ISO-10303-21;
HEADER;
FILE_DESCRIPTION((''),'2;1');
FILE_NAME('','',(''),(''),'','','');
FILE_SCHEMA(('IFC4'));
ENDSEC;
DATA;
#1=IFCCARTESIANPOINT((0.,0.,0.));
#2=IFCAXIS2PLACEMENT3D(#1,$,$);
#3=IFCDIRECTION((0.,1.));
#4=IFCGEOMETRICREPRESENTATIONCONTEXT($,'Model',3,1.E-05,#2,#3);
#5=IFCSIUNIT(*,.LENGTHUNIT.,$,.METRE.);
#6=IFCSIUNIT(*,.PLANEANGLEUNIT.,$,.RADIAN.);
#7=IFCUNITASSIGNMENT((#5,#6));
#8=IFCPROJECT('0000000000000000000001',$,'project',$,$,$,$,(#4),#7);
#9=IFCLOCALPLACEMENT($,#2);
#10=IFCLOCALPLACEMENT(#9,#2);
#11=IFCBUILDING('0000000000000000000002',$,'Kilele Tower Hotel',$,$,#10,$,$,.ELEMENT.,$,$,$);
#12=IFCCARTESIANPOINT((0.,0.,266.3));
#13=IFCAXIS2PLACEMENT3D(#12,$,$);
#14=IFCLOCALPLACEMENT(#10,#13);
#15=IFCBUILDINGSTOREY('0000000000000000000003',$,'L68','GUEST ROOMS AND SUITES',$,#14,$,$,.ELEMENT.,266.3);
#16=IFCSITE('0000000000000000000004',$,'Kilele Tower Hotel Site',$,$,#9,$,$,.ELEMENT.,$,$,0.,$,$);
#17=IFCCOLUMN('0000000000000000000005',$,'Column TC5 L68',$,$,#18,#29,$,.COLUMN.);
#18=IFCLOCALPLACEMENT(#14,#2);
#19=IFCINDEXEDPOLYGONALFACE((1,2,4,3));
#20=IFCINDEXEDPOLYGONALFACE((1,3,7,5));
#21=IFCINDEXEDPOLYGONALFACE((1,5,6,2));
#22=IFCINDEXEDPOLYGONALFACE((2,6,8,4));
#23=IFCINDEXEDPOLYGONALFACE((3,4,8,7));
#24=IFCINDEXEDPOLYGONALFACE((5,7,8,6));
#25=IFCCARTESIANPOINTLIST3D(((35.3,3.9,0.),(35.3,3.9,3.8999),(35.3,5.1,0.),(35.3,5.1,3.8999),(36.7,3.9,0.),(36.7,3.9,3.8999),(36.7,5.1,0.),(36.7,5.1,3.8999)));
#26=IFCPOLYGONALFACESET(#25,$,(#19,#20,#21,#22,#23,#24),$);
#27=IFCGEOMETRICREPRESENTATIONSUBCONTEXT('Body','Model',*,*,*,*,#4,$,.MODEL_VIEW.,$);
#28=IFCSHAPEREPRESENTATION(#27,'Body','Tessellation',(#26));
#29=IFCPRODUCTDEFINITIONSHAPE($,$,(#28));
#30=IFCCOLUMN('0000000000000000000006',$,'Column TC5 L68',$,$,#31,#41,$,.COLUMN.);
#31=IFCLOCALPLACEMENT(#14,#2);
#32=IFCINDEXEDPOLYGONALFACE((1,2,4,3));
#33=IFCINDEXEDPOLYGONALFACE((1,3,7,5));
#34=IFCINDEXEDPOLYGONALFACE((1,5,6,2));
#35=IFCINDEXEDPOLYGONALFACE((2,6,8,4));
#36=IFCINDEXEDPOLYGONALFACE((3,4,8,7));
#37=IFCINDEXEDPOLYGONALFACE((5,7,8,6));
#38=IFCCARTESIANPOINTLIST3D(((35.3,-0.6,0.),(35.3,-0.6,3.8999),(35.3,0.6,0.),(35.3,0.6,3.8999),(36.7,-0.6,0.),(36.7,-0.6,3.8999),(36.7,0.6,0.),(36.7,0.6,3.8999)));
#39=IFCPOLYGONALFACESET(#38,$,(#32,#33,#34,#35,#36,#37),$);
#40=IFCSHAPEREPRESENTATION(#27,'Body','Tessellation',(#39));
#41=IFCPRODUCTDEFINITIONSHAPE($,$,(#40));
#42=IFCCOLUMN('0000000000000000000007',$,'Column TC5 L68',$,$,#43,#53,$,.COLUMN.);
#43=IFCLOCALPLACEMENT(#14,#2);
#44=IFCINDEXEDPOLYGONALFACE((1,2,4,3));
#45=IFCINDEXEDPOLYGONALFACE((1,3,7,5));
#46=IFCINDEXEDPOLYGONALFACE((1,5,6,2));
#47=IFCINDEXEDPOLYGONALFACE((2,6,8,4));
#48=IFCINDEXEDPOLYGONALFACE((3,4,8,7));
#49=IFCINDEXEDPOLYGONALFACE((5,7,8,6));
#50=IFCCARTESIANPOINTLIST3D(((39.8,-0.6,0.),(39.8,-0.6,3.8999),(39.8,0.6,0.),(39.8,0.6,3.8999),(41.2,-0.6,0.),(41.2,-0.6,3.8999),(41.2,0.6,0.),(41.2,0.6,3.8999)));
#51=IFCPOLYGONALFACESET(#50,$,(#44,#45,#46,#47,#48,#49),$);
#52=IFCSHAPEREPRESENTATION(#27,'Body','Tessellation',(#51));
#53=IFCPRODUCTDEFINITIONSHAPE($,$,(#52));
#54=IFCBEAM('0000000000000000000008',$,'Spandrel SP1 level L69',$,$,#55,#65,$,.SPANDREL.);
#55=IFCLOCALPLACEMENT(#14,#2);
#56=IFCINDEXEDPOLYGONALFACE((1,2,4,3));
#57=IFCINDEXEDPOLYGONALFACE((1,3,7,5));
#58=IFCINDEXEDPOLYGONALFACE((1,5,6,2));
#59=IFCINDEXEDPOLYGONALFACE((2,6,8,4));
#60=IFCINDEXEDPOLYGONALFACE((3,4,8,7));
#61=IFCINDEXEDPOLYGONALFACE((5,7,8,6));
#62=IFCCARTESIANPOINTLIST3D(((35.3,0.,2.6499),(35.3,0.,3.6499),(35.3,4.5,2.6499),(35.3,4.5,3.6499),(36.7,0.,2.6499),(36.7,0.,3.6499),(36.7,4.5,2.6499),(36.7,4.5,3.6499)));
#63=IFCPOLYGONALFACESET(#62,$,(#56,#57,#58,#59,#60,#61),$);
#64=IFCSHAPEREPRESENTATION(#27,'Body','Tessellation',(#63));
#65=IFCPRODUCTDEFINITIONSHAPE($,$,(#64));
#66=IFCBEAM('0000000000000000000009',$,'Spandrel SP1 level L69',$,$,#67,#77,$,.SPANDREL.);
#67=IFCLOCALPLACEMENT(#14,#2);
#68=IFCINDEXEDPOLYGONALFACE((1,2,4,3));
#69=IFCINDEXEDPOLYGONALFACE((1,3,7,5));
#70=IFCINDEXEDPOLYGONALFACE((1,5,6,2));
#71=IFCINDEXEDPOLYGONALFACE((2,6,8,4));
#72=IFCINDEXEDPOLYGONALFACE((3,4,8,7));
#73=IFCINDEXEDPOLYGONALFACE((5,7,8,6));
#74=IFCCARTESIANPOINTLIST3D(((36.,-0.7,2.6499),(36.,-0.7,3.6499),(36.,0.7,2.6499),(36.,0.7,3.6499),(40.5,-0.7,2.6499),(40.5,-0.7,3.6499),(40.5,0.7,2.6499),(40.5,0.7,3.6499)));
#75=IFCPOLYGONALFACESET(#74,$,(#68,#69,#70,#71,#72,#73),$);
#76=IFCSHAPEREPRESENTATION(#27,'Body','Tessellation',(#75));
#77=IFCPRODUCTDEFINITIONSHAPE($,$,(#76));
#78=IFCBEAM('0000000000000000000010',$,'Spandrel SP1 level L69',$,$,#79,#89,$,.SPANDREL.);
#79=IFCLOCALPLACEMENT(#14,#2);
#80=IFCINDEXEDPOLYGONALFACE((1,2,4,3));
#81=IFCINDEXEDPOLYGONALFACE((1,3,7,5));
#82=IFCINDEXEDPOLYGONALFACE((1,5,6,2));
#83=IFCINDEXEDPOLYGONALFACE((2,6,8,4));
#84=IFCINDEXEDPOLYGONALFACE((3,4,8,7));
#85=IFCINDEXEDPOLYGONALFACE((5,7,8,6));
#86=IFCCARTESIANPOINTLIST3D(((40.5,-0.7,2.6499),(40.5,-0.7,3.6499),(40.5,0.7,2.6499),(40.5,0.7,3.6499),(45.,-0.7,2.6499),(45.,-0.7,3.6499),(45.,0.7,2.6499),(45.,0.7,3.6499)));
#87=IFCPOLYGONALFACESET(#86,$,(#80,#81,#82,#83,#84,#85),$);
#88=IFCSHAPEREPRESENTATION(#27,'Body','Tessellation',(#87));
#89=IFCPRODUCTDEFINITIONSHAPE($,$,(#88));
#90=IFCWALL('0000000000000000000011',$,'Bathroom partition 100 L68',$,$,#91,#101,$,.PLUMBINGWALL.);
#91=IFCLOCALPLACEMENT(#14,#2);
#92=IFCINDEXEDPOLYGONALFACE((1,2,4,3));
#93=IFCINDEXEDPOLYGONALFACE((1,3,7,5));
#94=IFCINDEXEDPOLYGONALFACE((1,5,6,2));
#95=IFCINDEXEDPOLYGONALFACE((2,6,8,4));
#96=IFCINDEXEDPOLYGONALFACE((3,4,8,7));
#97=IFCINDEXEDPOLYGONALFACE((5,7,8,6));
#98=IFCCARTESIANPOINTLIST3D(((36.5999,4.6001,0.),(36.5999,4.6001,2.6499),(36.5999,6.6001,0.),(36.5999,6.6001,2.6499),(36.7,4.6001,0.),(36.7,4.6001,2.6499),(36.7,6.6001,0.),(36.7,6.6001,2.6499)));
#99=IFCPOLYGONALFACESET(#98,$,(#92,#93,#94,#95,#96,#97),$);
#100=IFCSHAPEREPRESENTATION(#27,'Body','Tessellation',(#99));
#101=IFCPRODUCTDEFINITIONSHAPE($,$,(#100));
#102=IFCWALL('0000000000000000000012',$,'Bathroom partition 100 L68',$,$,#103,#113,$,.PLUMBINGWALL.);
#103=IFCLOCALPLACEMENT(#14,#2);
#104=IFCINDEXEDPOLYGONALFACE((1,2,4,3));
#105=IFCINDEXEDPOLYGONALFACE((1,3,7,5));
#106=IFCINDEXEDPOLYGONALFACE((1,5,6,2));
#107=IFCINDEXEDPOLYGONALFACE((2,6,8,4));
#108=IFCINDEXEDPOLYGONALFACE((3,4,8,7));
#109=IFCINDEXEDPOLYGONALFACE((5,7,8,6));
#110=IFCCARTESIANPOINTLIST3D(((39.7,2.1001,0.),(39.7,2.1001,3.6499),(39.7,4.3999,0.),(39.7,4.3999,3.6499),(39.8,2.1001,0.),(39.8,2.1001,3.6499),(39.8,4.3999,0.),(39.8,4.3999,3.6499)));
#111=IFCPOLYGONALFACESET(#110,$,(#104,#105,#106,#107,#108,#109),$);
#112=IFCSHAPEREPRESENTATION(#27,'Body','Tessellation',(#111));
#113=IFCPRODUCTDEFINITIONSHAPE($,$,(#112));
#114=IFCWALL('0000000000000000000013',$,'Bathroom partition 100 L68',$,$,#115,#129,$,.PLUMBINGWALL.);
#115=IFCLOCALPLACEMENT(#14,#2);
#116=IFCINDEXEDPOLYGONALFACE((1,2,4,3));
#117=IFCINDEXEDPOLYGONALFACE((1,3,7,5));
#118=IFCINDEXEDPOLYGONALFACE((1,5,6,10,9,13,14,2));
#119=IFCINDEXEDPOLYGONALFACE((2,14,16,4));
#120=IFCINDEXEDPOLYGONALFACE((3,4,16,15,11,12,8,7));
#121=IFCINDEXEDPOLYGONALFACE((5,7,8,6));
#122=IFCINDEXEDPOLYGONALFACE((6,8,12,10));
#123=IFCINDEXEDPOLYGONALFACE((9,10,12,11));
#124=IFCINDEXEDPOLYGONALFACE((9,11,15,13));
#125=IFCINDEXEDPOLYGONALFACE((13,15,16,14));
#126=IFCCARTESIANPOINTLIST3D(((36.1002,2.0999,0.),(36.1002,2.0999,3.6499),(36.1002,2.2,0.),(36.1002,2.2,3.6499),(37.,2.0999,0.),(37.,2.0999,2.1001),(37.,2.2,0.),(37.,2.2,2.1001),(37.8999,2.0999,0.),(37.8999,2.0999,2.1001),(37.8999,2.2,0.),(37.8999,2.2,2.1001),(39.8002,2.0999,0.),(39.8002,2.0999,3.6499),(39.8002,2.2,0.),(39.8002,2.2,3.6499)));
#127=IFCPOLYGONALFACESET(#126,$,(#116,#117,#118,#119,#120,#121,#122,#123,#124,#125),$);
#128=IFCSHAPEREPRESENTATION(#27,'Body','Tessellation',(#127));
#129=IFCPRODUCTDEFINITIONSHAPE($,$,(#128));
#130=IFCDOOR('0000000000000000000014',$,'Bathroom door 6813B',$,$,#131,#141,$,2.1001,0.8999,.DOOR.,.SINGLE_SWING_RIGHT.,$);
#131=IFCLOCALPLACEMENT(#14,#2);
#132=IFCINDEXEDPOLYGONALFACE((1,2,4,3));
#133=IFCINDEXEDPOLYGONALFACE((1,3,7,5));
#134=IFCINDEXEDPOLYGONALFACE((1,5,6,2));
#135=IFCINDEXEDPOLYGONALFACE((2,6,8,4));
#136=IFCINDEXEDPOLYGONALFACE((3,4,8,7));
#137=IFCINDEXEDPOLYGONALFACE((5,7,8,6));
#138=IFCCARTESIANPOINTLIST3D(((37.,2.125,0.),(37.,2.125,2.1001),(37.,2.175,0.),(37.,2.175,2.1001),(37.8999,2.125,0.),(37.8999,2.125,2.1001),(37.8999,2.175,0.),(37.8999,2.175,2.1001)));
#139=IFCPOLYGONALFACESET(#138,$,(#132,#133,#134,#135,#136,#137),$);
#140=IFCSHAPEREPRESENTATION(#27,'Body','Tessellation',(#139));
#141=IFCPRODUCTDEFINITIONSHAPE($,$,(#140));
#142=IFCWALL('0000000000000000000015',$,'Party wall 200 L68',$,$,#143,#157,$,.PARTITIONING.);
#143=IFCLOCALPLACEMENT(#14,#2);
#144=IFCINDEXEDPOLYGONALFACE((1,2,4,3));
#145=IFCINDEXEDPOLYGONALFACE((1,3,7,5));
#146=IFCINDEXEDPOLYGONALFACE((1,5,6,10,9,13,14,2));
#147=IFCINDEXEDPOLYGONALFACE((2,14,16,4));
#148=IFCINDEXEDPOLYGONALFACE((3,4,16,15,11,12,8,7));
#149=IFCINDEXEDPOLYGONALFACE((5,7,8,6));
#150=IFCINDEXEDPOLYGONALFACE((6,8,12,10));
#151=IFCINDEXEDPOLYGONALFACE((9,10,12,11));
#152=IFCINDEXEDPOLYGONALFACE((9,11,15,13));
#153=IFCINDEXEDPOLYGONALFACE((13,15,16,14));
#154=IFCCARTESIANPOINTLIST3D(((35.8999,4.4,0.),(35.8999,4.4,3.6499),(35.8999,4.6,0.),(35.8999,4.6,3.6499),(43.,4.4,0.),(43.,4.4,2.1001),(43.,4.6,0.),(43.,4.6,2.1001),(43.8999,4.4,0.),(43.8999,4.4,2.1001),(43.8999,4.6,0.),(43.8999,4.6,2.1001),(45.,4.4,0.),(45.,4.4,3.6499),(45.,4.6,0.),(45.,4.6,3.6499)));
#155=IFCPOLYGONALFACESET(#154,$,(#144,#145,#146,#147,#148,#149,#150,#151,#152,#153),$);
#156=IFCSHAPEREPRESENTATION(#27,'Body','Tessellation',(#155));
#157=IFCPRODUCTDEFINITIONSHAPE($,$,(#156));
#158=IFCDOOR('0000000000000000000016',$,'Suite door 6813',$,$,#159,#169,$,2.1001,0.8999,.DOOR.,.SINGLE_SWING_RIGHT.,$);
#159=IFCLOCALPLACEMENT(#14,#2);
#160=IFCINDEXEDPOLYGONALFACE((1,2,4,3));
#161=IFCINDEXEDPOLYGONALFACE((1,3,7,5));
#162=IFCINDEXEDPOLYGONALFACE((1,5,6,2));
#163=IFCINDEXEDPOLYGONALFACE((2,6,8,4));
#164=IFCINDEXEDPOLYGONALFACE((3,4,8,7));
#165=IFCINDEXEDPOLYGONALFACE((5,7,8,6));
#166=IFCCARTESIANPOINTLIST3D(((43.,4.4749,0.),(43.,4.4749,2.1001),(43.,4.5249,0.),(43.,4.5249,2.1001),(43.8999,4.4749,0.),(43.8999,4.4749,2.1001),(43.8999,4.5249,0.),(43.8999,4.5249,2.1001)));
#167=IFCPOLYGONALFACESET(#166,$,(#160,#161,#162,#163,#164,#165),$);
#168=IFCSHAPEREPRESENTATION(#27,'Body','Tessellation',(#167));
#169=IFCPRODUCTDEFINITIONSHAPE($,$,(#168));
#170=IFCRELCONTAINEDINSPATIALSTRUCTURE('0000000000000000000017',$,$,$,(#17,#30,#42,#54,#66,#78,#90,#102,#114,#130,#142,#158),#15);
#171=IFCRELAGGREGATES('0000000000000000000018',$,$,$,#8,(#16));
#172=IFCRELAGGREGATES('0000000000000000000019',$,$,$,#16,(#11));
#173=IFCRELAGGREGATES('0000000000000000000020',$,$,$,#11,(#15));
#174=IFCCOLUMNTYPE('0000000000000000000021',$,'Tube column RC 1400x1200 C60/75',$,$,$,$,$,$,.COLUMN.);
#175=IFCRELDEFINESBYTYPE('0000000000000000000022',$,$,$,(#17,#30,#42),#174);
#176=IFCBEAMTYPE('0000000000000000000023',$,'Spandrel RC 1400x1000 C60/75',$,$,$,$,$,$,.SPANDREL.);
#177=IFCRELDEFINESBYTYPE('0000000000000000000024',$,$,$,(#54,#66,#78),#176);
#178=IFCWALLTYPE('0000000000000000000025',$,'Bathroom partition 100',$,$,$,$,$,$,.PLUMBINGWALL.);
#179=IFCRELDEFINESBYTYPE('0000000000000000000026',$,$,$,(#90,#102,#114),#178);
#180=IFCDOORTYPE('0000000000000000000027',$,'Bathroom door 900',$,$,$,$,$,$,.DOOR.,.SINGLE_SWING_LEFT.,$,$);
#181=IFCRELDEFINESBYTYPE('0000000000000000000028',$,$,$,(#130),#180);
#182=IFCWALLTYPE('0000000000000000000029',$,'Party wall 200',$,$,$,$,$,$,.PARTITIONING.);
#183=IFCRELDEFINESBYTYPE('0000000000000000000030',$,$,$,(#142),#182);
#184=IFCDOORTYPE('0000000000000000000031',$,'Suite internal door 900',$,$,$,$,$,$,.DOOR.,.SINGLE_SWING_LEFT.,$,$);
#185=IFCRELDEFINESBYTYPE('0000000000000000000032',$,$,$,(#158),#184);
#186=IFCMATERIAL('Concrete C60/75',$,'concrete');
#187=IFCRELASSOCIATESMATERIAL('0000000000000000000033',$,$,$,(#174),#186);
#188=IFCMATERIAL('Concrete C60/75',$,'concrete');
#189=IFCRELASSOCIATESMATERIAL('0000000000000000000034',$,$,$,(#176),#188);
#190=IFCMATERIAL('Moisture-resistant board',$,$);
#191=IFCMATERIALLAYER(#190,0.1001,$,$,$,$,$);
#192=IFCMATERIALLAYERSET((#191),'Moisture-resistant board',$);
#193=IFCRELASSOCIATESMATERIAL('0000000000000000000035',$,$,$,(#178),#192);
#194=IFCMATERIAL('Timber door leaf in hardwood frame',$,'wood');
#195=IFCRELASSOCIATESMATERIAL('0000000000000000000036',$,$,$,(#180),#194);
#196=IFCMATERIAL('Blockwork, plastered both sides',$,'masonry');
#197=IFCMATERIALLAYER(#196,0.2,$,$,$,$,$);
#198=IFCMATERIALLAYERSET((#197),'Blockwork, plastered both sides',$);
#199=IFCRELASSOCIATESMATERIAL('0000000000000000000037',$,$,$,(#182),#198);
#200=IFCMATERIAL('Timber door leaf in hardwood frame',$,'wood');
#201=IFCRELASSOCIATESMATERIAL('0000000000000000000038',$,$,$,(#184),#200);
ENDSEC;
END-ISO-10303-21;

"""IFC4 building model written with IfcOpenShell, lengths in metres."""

from ifc_helpers import new_model, si_unit, direction, frame, frame_2d, origin, origin_2d, place, context, subcontext, project, spatial, rectangle, extrude, material, layer, layer_set, material_profile, profile_set, type_object, element, fill, save


model = new_model("IFC4")

# Units and contexts
model_context = context("Model", 3, precision=1e-05, world=origin(), true_north=direction((0.0, 1.0)))
body_context = subcontext(model_context, "Body", "Model", "MODEL_VIEW")
ifc_project = project(units=[si_unit("LENGTHUNIT", "METRE"), si_unit("PLANEANGLEUNIT", "RADIAN")], contexts=[model_context])

# Site, building, storey
site_placement = place(None, origin())
site = spatial("IfcSite", under=ifc_project, at=site_placement, Name="Kilele Tower Hotel Site", CompositionType="ELEMENT", RefElevation=0.0)
building_placement = place(site_placement, origin())
building = spatial("IfcBuilding", under=site, at=building_placement, Name="Kilele Tower Hotel", CompositionType="ELEMENT")
storey_placement = place(building_placement, frame((0.0, 0.0, 266.3)))
storey = spatial("IfcBuildingStorey", under=building, at=storey_placement, Name="L68", Description="GUEST ROOMS AND SUITES", CompositionType="ELEMENT", Elevation=266.3)

# Columns
ifc_material_1 = material(Name="Concrete C60/75", Category="concrete")
ifc_material_profile_1 = material_profile(ifc_material_1, rectangle(XDim=1.3999, YDim=1.2, at=origin_2d()))
ifc_profile_set_1 = profile_set([ifc_material_profile_1], Name="Concrete C60/75")
column_type = type_object("IfcColumnType", Name="Tube column RC 1400x1200 C60/75", PredefinedType="COLUMN", material=ifc_profile_set_1)
for number, where, z_axis, x_axis, name in (
    (1, (36.0, 4.5, 0.0), (0.0, 0.0, 1.0), (1.0, 0.0, 0.0), "Column TC5 L68"),
    (2, (36.0, 0.0, 0.0), (0.0, 0.0, 1.0), (1.0, 0.0, 0.0), "Column TC5 L68"),
    (3, (40.5, 0.0, 0.0), (0.0, 0.0, 1.0), (1.0, 0.0, 0.0), "Column TC5 L68"),
):
    element("IfcColumn", number, at=place(storey_placement, frame(where, z_axis=z_axis, x_axis=x_axis)), inside=storey, type_object=column_type, Name=name, PredefinedType="COLUMN", context=body_context, shape_type="SweptSolid", body=[
        extrude(rectangle(XDim=1.3999, YDim=1.2, at=origin_2d()), origin(), (0.0, 0.0, 1.0), 3.8999),
    ])

# Beams
ifc_material_2 = material(Name="Concrete C60/75", Category="concrete")
ifc_material_profile_2 = material_profile(ifc_material_2, rectangle(XDim=1.3999, YDim=1.0, at=origin_2d()))
ifc_profile_set_2 = profile_set([ifc_material_profile_2], Name="Concrete C60/75")
beam_type = type_object("IfcBeamType", Name="Spandrel RC 1400x1000 C60/75", PredefinedType="SPANDREL", material=ifc_profile_set_2)
for number, where, z_axis, x_axis, name in (
    (4, (36.0, 4.5, 3.1499), (0.0, -1.0, 0.0), (1.0, 0.0, 0.0), "Spandrel SP1 level L69"),
    (5, (36.0, 0.0, 3.1499), (1.0, 0.0, 0.0), (0.0, 1.0, 0.0), "Spandrel SP1 level L69"),
    (6, (40.5, 0.0, 3.1499), (1.0, 0.0, 0.0), (0.0, 1.0, 0.0), "Spandrel SP1 level L69"),
):
    element("IfcBeam", number, at=place(storey_placement, frame(where, z_axis=z_axis, x_axis=x_axis)), inside=storey, type_object=beam_type, Name=name, PredefinedType="SPANDREL", context=body_context, shape_type="SweptSolid", body=[
        extrude(rectangle(XDim=1.3999, YDim=1.0, at=origin_2d()), origin(), (0.0, 0.0, 1.0), 4.5),
    ])

# Walls
ifc_material_3 = material(Name="Moisture-resistant board")
ifc_layer_1 = layer(ifc_material_3, 0.1001)
ifc_layer_set_1 = layer_set([ifc_layer_1], Name="Moisture-resistant board")
wall_type_1 = type_object("IfcWallType", Name="Bathroom partition 100", PredefinedType="PLUMBINGWALL", material=ifc_layer_set_1)
wall_1_placement = place(storey_placement, frame((36.6499, 4.6001, 0.0), z_axis=(0.0, 0.0, 1.0), x_axis=(0.0, 1.0, 0.0)))
element("IfcWall", 7, at=wall_1_placement, inside=storey, type_object=wall_type_1, Name="Bathroom partition 100 L68", PredefinedType="PLUMBINGWALL", context=body_context, shape_type="SweptSolid", body=[
    extrude(rectangle(XDim=2.0, YDim=0.1001, at=frame_2d((1.0, 0.0))), origin(), (0.0, 0.0, 1.0), 2.6499),
])
wall_2_placement = place(storey_placement, frame((39.75, 4.3999, 0.0), z_axis=(0.0, 0.0, 1.0), x_axis=(0.0, -1.0, 0.0)))
element("IfcWall", 8, at=wall_2_placement, inside=storey, type_object=wall_type_1, Name="Bathroom partition 100 L68", PredefinedType="PLUMBINGWALL", context=body_context, shape_type="SweptSolid", body=[
    extrude(rectangle(XDim=2.2998, YDim=0.1001, at=frame_2d((1.1499, 0.0))), origin(), (0.0, 0.0, 1.0), 3.6499),
])

# Walls, openings, doors
wall_3_placement = place(storey_placement, frame((36.1001, 2.1499, 0.0), z_axis=(0.0, 0.0, 1.0), x_axis=(1.0, 0.0, 0.0)))
wall_3 = element("IfcWall", 9, at=wall_3_placement, inside=storey, type_object=wall_type_1, Name="Bathroom partition 100 L68", PredefinedType="PLUMBINGWALL", context=body_context, shape_type="SweptSolid", body=[
    extrude(rectangle(XDim=3.7, YDim=0.1001, at=frame_2d((1.8501, 0.0))), origin(), (0.0, 0.0, 1.0), 3.6499),
])
opening_1_placement = place(wall_3_placement, frame((1.7998, 0.0, 0.0), z_axis=(0.0, 0.0, 1.0), x_axis=(-1.0, 0.0, 0.0)))
opening_1 = element("IfcOpeningElement", 10, at=opening_1_placement, cuts=wall_3, PredefinedType="OPENING", context=body_context, shape_type="SweptSolid", body=[
    extrude(rectangle(XDim=0.8999, YDim=2.1001, at=frame_2d((0.45, 1.05))), frame((0.0, 0.0601, 0.0), z_axis=(0.0, -1.0, 0.0), x_axis=(1.0, 0.0, 0.0)), (0.0, 0.0, 1.0), 0.1201),
])
ifc_material_4 = material(Name="Timber door leaf in hardwood frame", Category="wood")
door_type_1 = type_object("IfcDoorType", Name="Bathroom door 900", OperationType="SINGLE_SWING_LEFT", PredefinedType="DOOR", material=ifc_material_4)
door_1_placement = place(opening_1_placement, origin())
door_1 = element("IfcDoor", 11, at=door_1_placement, inside=storey, type_object=door_type_1, Name="Bathroom door 6813B", OperationType="SINGLE_SWING_RIGHT", OverallHeight=2.1001, OverallWidth=0.8999, PredefinedType="DOOR", context=body_context, shape_type="SweptSolid", body=[
    extrude(rectangle(XDim=0.8999, YDim=2.1001, at=frame_2d((0.45, 1.05))), frame((0.0, 0.0249, 0.0), z_axis=(0.0, -1.0, 0.0), x_axis=(1.0, 0.0, 0.0)), (0.0, 0.0, 1.0), 0.05),
])
fill(opening_1, door_1)
ifc_material_5 = material(Name="Blockwork, plastered both sides", Category="masonry")
ifc_layer_2 = layer(ifc_material_5, 0.2)
ifc_layer_set_2 = layer_set([ifc_layer_2], Name="Blockwork, plastered both sides")
wall_type_2 = type_object("IfcWallType", Name="Party wall 200", PredefinedType="PARTITIONING", material=ifc_layer_set_2)
wall_4_placement = place(storey_placement, frame((35.8999, 4.5, 0.0), z_axis=(0.0, 0.0, 1.0), x_axis=(1.0, 0.0, 0.0)))
wall_4 = element("IfcWall", 12, at=wall_4_placement, inside=storey, type_object=wall_type_2, Name="Party wall 200 L68", PredefinedType="PARTITIONING", context=body_context, shape_type="SweptSolid", body=[
    extrude(rectangle(XDim=9.1001, YDim=0.2, at=frame_2d((4.55, 0.0))), origin(), (0.0, 0.0, 1.0), 3.6499),
])
opening_2_placement = place(wall_4_placement, frame((7.1001, 0.0, 0.0)))
opening_2 = element("IfcOpeningElement", 13, at=opening_2_placement, cuts=wall_4, PredefinedType="OPENING", context=body_context, shape_type="SweptSolid", body=[
    extrude(rectangle(XDim=0.8999, YDim=2.1001, at=frame_2d((0.45, 1.05))), frame((0.0, 0.1099, 0.0), z_axis=(0.0, -1.0, 0.0), x_axis=(1.0, 0.0, 0.0)), (0.0, 0.0, 1.0), 0.22),
])
ifc_material_6 = material(Name="Timber door leaf in hardwood frame", Category="wood")
door_type_2 = type_object("IfcDoorType", Name="Suite internal door 900", OperationType="SINGLE_SWING_LEFT", PredefinedType="DOOR", material=ifc_material_6)
door_2_placement = place(opening_2_placement, origin())
door_2 = element("IfcDoor", 14, at=door_2_placement, inside=storey, type_object=door_type_2, Name="Suite door 6813", OperationType="SINGLE_SWING_RIGHT", OverallHeight=2.1001, OverallWidth=0.8999, PredefinedType="DOOR", context=body_context, shape_type="SweptSolid", body=[
    extrude(rectangle(XDim=0.8999, YDim=2.1001, at=frame_2d((0.45, 1.05))), frame((0.0, 0.0249, 0.0), z_axis=(0.0, -1.0, 0.0), x_axis=(1.0, 0.0, 0.0)), (0.0, 0.0, 1.0), 0.05),
])
fill(opening_2, door_2)

save(model, "model.ifc")
